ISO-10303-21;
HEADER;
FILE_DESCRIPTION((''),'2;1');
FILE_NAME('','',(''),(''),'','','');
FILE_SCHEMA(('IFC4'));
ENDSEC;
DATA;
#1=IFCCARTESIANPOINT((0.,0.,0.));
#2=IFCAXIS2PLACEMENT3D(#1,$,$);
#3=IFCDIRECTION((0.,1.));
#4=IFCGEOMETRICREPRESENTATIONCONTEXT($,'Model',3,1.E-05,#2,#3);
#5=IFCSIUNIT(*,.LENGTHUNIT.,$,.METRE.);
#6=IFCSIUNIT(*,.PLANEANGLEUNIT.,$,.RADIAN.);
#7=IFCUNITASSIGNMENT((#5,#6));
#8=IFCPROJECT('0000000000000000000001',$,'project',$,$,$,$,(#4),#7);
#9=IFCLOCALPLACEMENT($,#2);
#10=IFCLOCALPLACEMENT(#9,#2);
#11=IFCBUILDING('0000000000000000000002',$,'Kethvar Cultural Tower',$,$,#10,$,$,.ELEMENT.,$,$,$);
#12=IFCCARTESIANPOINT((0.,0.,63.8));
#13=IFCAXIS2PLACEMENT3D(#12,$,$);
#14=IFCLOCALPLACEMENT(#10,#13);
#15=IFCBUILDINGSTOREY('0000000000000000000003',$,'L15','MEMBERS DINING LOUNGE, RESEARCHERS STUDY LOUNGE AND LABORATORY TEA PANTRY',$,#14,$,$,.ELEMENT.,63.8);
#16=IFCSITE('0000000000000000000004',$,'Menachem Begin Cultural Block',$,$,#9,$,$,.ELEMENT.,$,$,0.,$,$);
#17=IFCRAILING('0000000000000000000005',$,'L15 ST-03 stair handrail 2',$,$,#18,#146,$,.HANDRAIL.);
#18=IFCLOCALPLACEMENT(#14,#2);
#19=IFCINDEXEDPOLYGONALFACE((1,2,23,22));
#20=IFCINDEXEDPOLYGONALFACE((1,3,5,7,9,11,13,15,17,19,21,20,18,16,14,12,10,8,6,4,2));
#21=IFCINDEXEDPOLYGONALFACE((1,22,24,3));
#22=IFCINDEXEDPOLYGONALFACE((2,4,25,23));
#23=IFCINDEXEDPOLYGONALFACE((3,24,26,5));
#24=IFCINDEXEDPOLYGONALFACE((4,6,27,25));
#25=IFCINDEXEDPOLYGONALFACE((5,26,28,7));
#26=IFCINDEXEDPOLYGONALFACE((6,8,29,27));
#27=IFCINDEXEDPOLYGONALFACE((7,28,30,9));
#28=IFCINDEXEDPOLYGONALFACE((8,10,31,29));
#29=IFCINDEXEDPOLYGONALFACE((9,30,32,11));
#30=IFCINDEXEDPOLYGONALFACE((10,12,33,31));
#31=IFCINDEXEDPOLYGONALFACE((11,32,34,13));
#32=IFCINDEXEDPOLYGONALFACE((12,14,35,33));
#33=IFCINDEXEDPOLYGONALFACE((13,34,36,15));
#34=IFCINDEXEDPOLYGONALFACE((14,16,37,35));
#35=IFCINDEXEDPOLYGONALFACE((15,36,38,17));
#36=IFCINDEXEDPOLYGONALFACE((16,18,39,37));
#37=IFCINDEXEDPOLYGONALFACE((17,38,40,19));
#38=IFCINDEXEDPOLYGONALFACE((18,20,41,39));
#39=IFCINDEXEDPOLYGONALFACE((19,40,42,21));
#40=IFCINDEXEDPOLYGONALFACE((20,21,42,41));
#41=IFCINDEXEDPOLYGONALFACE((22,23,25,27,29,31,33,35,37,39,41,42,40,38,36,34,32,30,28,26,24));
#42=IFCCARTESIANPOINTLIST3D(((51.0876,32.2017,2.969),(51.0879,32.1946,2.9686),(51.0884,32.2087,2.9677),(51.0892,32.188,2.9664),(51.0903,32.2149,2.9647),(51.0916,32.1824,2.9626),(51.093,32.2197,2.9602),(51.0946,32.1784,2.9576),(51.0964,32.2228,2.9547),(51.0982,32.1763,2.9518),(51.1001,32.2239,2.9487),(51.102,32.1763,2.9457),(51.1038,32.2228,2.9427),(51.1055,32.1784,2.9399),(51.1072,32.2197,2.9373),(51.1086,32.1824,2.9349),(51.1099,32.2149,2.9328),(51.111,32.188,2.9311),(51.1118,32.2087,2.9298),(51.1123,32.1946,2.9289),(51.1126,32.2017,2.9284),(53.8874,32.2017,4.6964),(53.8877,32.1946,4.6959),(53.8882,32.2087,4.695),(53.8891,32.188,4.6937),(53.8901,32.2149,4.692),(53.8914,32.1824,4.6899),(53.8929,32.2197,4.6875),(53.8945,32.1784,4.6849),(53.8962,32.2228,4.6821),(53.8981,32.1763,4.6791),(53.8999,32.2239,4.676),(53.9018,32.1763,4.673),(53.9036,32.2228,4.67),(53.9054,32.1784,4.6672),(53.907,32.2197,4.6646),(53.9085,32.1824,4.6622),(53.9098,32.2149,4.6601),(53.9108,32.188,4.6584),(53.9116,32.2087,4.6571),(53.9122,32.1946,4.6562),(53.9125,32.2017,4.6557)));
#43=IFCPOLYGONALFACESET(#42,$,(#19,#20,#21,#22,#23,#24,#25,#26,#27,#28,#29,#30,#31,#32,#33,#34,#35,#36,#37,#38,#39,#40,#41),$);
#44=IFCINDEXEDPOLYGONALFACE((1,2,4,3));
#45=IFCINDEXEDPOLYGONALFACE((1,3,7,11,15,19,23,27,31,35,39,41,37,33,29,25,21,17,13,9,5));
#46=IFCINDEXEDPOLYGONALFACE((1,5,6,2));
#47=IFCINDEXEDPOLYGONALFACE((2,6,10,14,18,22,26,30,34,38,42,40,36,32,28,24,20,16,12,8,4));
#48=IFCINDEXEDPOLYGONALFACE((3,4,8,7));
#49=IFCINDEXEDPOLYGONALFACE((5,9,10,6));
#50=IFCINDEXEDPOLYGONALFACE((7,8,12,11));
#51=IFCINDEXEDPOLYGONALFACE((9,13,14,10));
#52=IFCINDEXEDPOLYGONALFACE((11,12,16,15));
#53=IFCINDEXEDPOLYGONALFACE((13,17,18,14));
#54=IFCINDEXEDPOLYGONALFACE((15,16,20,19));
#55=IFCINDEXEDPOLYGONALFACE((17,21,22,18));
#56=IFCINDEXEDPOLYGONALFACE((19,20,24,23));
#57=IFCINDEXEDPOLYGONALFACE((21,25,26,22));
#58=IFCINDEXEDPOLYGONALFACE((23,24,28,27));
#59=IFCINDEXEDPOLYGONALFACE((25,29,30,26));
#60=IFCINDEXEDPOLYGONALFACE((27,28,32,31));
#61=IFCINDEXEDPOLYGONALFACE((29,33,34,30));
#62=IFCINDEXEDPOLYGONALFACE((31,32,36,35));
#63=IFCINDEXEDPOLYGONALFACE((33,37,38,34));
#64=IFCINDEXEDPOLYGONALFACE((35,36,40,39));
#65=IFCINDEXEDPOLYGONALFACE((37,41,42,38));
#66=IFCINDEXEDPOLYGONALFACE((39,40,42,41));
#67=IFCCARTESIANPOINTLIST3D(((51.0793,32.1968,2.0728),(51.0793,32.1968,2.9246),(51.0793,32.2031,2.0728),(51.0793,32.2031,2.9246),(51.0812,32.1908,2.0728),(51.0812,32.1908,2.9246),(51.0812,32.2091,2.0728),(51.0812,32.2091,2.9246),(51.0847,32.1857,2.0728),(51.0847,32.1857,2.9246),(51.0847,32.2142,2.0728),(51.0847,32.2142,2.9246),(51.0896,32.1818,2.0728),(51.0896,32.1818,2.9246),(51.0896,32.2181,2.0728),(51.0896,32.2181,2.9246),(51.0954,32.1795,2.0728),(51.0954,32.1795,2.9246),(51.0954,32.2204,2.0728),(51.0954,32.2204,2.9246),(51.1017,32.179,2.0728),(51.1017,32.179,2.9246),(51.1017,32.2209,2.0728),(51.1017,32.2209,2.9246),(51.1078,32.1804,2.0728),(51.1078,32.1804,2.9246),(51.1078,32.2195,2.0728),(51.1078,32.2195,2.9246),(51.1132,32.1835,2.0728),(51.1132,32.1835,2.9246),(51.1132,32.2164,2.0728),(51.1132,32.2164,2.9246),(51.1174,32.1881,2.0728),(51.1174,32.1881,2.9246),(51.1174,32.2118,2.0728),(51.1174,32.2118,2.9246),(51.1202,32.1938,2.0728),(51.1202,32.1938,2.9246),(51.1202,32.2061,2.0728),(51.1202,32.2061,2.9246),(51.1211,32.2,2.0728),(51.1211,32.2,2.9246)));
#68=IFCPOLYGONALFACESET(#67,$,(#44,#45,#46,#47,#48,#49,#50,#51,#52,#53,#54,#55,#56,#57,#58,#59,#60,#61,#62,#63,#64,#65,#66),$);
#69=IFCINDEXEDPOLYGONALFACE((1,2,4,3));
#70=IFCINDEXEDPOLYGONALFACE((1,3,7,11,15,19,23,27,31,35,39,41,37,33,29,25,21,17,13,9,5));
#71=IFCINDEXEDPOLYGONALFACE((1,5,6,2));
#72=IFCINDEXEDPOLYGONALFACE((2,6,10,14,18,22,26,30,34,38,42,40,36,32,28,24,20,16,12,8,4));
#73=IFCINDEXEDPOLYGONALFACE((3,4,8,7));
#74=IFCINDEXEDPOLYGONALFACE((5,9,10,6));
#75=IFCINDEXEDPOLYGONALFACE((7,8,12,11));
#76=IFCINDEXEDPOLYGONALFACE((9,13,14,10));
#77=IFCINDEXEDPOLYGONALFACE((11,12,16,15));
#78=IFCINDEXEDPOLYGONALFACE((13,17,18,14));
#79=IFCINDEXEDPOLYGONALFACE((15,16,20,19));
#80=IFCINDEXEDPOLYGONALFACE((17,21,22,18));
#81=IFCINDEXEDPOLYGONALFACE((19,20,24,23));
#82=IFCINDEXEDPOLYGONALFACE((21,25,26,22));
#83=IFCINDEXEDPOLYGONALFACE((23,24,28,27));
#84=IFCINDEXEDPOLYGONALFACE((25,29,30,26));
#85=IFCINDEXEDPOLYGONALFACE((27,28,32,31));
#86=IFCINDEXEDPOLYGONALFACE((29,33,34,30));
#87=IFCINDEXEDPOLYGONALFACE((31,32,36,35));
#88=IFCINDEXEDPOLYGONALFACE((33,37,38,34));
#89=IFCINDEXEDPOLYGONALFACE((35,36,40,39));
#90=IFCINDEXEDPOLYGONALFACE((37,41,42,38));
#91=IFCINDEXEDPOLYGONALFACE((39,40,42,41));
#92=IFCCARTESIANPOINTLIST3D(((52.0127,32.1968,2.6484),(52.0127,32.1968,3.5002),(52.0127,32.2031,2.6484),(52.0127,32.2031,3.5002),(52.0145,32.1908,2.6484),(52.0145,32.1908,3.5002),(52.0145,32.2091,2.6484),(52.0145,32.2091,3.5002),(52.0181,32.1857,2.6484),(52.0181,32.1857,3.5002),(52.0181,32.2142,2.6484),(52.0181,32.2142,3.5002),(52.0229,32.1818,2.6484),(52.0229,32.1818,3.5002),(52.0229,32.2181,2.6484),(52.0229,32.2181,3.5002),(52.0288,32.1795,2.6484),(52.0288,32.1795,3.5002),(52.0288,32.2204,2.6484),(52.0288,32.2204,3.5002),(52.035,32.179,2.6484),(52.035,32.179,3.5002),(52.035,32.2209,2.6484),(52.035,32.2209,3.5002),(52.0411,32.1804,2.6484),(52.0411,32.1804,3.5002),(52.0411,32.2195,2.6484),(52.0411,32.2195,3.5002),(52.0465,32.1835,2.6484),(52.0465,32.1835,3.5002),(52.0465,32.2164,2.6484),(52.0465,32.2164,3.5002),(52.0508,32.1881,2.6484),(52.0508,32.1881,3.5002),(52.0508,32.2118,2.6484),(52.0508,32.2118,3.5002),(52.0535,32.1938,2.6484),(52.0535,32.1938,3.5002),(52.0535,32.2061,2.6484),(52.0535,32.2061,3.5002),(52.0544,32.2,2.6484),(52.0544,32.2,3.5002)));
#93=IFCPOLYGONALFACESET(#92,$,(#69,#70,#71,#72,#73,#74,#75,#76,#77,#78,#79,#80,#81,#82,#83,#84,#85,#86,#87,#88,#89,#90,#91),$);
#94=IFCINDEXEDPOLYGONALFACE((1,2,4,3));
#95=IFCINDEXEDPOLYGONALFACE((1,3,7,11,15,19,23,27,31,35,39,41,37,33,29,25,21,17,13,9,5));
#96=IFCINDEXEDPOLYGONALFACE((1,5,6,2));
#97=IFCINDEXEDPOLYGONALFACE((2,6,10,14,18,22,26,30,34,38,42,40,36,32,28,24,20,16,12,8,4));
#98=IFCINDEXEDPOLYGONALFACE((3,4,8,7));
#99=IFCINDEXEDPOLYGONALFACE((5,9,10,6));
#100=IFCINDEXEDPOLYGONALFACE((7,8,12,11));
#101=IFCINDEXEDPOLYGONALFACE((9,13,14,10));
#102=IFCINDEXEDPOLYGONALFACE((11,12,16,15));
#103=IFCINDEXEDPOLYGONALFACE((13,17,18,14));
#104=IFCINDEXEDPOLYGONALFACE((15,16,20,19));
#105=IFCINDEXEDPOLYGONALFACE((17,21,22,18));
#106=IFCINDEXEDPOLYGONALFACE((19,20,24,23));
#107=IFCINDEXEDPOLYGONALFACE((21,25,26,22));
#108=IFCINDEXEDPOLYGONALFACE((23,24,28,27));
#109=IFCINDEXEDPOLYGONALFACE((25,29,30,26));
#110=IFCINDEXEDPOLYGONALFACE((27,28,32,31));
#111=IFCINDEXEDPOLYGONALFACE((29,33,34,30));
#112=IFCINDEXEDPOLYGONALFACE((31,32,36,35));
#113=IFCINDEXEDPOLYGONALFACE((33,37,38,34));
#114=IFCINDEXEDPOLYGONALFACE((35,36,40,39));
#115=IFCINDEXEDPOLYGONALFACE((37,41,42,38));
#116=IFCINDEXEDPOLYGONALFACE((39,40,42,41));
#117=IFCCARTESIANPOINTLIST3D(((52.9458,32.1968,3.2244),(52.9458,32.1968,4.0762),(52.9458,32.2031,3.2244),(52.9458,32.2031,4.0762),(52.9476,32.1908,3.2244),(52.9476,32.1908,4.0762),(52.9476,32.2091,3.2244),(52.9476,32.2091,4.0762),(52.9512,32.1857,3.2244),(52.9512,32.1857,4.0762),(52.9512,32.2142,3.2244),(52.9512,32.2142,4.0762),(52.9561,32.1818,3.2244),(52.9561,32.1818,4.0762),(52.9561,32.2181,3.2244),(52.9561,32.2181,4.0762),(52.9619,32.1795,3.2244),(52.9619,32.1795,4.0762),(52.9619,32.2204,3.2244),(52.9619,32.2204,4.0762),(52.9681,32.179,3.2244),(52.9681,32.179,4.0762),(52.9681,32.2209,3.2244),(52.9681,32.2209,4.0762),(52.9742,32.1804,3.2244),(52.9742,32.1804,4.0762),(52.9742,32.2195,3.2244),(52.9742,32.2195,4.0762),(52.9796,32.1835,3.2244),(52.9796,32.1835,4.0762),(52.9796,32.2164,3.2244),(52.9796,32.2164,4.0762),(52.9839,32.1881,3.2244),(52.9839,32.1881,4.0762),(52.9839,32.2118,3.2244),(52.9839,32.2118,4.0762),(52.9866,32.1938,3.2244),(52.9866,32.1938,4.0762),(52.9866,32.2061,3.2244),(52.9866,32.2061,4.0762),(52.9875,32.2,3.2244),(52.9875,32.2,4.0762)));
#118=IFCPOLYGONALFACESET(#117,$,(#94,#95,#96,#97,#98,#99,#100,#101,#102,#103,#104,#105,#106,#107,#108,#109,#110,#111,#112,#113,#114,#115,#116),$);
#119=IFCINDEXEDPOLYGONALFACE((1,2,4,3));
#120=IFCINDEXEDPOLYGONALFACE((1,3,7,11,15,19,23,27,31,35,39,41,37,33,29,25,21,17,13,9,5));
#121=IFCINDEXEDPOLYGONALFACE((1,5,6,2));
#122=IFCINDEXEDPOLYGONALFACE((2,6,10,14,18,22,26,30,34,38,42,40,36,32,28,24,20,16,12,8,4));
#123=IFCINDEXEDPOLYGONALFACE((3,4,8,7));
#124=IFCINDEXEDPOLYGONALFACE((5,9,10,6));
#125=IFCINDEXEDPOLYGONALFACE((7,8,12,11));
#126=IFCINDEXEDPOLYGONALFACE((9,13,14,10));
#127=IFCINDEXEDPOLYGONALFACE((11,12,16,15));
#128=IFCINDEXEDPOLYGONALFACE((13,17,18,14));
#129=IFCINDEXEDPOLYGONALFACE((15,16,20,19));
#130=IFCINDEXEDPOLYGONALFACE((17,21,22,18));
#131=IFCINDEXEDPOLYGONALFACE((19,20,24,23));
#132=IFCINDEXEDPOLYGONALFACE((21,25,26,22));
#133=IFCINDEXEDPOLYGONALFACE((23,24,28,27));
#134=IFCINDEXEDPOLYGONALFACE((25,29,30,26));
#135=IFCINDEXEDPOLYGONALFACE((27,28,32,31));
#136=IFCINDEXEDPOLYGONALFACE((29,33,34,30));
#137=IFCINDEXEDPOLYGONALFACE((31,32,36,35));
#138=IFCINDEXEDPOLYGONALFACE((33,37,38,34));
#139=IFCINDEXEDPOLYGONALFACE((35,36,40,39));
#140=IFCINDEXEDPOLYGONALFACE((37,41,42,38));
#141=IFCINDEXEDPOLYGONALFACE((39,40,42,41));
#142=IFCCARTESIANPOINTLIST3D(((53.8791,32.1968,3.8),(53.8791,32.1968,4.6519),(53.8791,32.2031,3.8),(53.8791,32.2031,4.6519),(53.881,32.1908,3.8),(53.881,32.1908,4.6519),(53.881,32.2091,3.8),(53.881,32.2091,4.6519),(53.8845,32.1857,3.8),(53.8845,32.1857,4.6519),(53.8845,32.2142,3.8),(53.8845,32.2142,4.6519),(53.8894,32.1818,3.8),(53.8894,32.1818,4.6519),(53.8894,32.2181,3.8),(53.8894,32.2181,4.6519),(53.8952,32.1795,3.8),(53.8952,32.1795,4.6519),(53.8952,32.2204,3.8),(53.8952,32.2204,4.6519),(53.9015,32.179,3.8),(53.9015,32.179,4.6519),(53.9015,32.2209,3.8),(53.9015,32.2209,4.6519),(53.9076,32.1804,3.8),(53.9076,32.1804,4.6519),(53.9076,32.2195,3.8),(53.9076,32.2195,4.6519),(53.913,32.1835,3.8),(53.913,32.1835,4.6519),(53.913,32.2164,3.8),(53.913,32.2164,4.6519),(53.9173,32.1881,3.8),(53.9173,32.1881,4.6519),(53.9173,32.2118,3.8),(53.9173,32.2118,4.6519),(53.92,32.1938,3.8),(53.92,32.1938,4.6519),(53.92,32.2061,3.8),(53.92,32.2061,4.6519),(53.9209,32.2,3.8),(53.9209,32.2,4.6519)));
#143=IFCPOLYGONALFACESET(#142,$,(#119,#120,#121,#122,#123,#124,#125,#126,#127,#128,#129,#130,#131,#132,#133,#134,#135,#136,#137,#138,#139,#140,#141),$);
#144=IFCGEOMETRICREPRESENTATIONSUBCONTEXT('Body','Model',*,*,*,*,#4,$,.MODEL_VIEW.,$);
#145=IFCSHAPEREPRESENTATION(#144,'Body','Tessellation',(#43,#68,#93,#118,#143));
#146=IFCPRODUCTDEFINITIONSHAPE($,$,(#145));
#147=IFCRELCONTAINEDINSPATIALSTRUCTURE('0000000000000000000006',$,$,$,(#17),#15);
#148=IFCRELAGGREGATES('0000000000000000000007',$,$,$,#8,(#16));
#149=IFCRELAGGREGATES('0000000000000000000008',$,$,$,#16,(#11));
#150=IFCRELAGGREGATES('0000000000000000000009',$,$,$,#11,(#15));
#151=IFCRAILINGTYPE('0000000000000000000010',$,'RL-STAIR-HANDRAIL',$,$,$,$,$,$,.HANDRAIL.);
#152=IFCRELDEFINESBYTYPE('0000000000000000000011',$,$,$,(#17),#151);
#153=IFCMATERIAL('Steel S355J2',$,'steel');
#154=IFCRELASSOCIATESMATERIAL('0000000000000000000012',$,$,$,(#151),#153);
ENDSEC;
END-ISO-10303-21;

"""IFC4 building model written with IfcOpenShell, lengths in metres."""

from ifc_helpers import new_model, si_unit, direction, frame, origin, origin_2d, place, context, subcontext, project, spatial, circle, extrude, material, type_object, element, save


model = new_model("IFC4")

# Units and contexts
model_context = context("Model", 3, precision=1e-05, world=origin(), true_north=direction((0.0, 1.0)))
body_context = subcontext(model_context, "Body", "Model", "MODEL_VIEW")
ifc_project = project(units=[si_unit("LENGTHUNIT", "METRE"), si_unit("PLANEANGLEUNIT", "RADIAN")], contexts=[model_context])

# Site, building, storey
site_placement = place(None, origin())
site = spatial("IfcSite", under=ifc_project, at=site_placement, Name="Menachem Begin Cultural Block", CompositionType="ELEMENT", RefElevation=0.0)
building_placement = place(site_placement, origin())
building = spatial("IfcBuilding", under=site, at=building_placement, Name="Kethvar Cultural Tower", CompositionType="ELEMENT")
storey_placement = place(building_placement, frame((0.0, 0.0, 63.8)))
storey = spatial("IfcBuildingStorey", under=building, at=storey_placement, Name="L15", Description="MEMBERS DINING LOUNGE, RESEARCHERS STUDY LOUNGE AND LABORATORY TEA PANTRY", CompositionType="ELEMENT", Elevation=63.8)

# Shared definitions
ifc_material_1 = material(Name="Steel S355J2", Category="steel")

# Railing
railing_type_1 = type_object("IfcRailingType", Name="RL-STAIR-HANDRAIL", PredefinedType="HANDRAIL", material=ifc_material_1)
railing_1_placement = place(storey_placement, frame((51.1001, 32.2, 2.0728)))
element("IfcRailing", 1, at=railing_1_placement, inside=storey, type_object=railing_type_1, Name="L15 ST-03 stair handrail 2", PredefinedType="HANDRAIL", context=body_context, shape_type="SweptSolid", body=[
    extrude(circle(Radius=0.0239, at=origin_2d()), frame((0.0, 0.0, 0.876), z_axis=(0.851069, 0.0, 0.525054), x_axis=(0.0, 1.0, 0.0)), (0.0, 0.0, 1.0), 3.2898),
    extrude(circle(Radius=0.021, at=origin_2d()), origin(), (0.0, 0.0, 1.0), 0.8518),
    extrude(circle(Radius=0.021, at=origin_2d()), frame((0.9333, 0.0, 0.5757)), (0.0, 0.0, 1.0), 0.8518),
    extrude(circle(Radius=0.021, at=origin_2d()), frame((1.8665, 0.0, 1.1516)), (0.0, 0.0, 1.0), 0.8518),
    extrude(circle(Radius=0.021, at=origin_2d()), frame((2.7998, 0.0, 1.7273)), (0.0, 0.0, 1.0), 0.8518),
])

save(model, "model.ifc")
